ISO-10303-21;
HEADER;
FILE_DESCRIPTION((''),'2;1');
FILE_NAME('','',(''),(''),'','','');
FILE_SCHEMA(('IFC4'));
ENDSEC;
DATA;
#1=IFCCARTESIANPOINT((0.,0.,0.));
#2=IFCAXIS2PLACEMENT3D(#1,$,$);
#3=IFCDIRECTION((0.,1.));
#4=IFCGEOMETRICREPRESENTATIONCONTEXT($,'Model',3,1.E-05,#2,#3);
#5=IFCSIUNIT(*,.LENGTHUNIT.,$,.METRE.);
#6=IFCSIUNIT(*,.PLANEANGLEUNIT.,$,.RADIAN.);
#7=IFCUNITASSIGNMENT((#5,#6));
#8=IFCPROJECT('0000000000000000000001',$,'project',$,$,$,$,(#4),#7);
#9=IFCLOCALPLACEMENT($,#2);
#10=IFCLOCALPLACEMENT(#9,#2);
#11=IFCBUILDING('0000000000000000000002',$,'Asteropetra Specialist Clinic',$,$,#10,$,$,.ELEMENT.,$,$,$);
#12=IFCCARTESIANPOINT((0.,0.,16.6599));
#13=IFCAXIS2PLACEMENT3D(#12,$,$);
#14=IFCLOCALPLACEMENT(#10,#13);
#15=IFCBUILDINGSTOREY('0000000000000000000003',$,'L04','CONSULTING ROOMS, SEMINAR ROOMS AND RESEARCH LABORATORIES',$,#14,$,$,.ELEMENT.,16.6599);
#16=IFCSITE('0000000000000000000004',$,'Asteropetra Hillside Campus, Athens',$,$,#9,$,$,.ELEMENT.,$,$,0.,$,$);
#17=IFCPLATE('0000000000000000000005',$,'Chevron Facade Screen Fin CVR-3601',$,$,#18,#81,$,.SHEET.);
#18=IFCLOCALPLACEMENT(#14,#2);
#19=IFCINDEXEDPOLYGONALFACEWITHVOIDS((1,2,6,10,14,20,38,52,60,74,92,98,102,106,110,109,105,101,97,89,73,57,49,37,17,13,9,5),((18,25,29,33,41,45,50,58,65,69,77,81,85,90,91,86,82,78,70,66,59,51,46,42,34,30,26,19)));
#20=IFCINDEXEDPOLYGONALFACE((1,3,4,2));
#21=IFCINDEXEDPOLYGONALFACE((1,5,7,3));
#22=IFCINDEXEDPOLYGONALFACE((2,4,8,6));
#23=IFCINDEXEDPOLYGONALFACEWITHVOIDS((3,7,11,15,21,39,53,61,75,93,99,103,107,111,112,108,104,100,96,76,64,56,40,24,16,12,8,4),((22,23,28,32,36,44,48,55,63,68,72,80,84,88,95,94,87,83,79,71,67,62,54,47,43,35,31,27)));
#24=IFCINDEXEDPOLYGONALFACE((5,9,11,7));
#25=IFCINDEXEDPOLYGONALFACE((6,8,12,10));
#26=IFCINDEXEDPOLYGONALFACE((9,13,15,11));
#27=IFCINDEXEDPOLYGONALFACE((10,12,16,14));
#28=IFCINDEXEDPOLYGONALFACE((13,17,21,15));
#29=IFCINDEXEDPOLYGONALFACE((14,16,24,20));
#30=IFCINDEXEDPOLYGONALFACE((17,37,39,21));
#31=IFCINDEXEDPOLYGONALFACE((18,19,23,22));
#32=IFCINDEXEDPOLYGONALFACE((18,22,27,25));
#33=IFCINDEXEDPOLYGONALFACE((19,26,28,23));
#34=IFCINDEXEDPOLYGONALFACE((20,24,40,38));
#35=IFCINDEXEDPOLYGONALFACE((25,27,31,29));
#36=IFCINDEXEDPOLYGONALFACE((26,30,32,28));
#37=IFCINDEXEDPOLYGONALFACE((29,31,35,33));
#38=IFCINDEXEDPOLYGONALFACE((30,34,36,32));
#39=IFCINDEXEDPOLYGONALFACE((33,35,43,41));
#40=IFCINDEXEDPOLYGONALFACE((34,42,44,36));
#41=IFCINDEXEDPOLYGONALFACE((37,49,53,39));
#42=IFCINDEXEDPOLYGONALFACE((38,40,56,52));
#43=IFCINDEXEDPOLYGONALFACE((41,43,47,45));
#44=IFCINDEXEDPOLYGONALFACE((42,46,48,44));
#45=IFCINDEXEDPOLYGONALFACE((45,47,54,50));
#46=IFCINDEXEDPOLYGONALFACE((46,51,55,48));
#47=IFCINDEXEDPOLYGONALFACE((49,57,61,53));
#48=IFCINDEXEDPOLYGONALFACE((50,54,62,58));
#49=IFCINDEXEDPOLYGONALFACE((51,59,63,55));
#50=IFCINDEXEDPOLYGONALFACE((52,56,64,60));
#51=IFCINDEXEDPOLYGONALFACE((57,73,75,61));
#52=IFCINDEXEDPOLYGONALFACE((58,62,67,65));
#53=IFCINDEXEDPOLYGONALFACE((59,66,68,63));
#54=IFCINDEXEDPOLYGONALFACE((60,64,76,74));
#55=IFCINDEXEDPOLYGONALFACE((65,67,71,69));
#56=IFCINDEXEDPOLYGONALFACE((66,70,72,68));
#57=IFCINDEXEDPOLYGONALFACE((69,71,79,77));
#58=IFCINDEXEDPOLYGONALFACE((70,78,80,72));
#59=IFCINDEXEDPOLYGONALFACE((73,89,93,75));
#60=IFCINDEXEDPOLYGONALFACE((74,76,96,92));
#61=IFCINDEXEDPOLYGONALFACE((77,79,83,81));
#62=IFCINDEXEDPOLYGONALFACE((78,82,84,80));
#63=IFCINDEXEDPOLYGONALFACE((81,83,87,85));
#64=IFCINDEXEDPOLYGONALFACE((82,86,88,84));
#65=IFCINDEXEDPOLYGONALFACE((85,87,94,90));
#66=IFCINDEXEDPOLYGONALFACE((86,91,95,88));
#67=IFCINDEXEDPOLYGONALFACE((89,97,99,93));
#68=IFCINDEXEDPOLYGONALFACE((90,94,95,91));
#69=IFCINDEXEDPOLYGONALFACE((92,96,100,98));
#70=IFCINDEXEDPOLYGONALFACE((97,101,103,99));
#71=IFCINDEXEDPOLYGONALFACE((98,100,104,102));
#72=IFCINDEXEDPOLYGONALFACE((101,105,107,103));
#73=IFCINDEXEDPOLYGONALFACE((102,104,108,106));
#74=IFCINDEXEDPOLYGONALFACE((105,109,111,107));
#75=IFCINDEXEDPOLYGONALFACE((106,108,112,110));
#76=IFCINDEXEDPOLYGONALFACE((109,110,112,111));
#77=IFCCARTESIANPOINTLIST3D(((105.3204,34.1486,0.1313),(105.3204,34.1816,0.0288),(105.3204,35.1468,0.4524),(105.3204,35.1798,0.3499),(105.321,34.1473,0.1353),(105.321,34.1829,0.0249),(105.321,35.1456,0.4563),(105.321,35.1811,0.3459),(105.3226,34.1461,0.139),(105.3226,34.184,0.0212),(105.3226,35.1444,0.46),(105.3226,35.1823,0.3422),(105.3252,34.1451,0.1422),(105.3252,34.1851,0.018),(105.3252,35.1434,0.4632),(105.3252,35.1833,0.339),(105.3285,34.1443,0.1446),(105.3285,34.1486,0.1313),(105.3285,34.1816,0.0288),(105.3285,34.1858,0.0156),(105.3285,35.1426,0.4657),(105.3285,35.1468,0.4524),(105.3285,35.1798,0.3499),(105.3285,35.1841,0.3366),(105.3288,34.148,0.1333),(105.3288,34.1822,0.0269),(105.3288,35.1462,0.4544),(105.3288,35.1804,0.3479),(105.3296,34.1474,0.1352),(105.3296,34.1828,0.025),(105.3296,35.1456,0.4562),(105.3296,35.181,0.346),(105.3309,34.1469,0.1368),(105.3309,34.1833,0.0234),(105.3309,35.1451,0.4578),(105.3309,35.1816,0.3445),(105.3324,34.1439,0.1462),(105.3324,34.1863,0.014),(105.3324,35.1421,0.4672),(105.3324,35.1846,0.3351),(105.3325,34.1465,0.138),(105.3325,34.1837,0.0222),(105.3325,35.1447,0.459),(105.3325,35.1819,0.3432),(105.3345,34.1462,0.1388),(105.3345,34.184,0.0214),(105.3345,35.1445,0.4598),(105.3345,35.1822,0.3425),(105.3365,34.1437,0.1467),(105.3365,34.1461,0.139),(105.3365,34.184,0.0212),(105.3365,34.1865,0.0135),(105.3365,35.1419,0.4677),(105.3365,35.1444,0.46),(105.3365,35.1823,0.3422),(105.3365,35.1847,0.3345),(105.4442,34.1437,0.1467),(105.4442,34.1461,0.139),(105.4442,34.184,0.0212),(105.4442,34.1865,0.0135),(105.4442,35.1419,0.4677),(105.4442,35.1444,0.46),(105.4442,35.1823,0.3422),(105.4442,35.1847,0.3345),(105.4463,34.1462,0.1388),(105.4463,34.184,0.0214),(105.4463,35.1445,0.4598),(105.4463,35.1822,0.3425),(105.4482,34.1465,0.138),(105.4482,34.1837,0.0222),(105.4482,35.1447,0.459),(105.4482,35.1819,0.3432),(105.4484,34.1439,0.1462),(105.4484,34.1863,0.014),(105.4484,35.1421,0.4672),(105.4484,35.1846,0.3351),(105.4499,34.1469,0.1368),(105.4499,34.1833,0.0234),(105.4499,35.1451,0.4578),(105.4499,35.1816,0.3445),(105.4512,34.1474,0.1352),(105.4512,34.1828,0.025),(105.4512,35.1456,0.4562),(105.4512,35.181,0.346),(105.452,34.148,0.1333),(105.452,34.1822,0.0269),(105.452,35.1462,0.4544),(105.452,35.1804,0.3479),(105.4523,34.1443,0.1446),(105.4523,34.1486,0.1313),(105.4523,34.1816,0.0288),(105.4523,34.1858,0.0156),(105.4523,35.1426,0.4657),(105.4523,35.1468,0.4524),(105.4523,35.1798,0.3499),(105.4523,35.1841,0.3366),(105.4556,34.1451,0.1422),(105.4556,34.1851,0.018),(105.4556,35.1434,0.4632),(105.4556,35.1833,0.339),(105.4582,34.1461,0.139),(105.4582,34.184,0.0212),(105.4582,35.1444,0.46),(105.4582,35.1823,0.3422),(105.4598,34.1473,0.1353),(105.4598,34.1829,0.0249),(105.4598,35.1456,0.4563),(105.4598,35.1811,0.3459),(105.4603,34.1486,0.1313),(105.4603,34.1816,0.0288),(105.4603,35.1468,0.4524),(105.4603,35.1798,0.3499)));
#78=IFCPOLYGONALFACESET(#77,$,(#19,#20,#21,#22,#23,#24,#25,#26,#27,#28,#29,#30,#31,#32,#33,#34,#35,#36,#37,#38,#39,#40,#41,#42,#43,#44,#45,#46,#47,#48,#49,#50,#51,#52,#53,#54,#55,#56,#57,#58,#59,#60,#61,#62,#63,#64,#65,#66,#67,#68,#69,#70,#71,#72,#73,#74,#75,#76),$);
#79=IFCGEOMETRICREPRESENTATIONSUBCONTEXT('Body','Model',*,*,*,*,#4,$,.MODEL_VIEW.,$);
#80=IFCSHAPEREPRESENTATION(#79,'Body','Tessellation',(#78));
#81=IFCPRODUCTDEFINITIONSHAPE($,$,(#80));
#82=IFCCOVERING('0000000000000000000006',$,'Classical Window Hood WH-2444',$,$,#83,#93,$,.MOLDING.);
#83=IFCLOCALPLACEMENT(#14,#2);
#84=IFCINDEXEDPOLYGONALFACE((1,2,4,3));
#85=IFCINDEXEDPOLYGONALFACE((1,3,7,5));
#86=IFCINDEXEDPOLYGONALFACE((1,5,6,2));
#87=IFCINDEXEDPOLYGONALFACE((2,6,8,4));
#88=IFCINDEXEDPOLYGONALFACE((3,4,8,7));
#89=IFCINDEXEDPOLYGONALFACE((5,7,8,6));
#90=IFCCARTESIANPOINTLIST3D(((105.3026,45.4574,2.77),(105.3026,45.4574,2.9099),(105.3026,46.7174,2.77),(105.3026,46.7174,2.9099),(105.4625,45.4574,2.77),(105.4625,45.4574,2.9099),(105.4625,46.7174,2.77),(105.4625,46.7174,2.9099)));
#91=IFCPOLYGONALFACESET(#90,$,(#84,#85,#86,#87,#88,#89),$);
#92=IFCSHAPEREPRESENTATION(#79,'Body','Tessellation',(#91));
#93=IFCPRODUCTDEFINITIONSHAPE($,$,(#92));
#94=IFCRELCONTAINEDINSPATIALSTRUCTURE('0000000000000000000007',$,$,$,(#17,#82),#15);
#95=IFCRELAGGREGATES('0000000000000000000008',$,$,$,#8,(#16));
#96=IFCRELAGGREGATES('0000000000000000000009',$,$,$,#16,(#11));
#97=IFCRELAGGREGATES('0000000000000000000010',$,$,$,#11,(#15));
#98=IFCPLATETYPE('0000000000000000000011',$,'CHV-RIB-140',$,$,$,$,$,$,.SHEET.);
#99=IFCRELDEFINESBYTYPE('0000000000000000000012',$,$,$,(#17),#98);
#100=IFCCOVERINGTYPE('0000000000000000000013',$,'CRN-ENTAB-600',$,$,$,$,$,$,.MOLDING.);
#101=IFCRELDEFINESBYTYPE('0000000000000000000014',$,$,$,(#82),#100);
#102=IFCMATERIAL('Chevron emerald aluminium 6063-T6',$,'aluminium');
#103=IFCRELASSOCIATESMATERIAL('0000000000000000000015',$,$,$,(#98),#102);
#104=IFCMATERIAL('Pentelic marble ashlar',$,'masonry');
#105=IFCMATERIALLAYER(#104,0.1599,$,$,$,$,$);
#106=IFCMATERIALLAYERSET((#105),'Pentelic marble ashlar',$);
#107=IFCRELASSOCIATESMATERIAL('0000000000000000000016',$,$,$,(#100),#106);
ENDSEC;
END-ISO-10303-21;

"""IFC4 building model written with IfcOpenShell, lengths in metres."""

from ifc_helpers import new_model, si_unit, direction, frame, origin, origin_2d, place, context, subcontext, project, spatial, rectangle, hollow_rectangle, extrude, material, layer, layer_set, material_profile, profile_set, type_object, element, save


model = new_model("IFC4")

# Units and contexts
model_context = context("Model", 3, precision=1e-05, world=origin(), true_north=direction((0.0, 1.0)))
body_context = subcontext(model_context, "Body", "Model", "MODEL_VIEW")
ifc_project = project(units=[si_unit("LENGTHUNIT", "METRE"), si_unit("PLANEANGLEUNIT", "RADIAN")], contexts=[model_context])

# Site, building, storey
site_placement = place(None, origin())
site = spatial("IfcSite", under=ifc_project, at=site_placement, Name="Asteropetra Hillside Campus, Athens", CompositionType="ELEMENT", RefElevation=0.0)
building_placement = place(site_placement, origin())
building = spatial("IfcBuilding", under=site, at=building_placement, Name="Asteropetra Specialist Clinic", CompositionType="ELEMENT")
storey_placement = place(building_placement, frame((0.0, 0.0, 16.6599)))
storey = spatial("IfcBuildingStorey", under=building, at=storey_placement, Name="L04", Description="CONSULTING ROOMS, SEMINAR ROOMS AND RESEARCH LABORATORIES", CompositionType="ELEMENT", Elevation=16.6599)

# Plate
ifc_material_1 = material(Name="Chevron emerald aluminium 6063-T6", Category="aluminium")
ifc_material_profile = material_profile(ifc_material_1, hollow_rectangle(XDim=0.1399, YDim=0.1399, WallThickness=0.0081, InnerFilletRadius=0.0081, OuterFilletRadius=0.0161, at=origin_2d()), Name="SHS 140x140x8.0")
ifc_profile_set = profile_set([ifc_material_profile], Name="Chevron emerald aluminium 6063-T6")
plate_type = type_object("IfcPlateType", Name="CHV-RIB-140", PredefinedType="SHEET", material=ifc_profile_set)
for number, where, z_axis, x_axis, name in (
    (1, (105.3904, 35.1633, 0.4011), (0.0, -0.951983, -0.306152), (1.0, 0.0, 0.0), "Chevron Facade Screen Fin CVR-3601"),
):
    element("IfcPlate", number, at=place(storey_placement, frame(where, z_axis=z_axis, x_axis=x_axis)), inside=storey, type_object=plate_type, Name=name, PredefinedType="SHEET", context=body_context, shape_type="SweptSolid", body=[
        extrude(hollow_rectangle(XDim=0.1399, YDim=0.1399, WallThickness=0.0081, InnerFilletRadius=0.0081, OuterFilletRadius=0.0161, at=origin_2d()), origin(), (0.0, 0.0, 1.0), 1.0486),
    ])

# Covering
ifc_material_2 = material(Name="Pentelic marble ashlar", Category="masonry")
ifc_layer = layer(ifc_material_2, 0.1599)
ifc_layer_set = layer_set([ifc_layer], Name="Pentelic marble ashlar")
covering_type = type_object("IfcCoveringType", Name="CRN-ENTAB-600", PredefinedType="MOLDING", material=ifc_layer_set)
covering_placement = place(storey_placement, frame((105.3826, 46.0874, 2.77), z_axis=(0.0, 0.0, 1.0), x_axis=(1.0, 0.0, 0.0)))
element("IfcCovering", 2, at=covering_placement, inside=storey, type_object=covering_type, Name="Classical Window Hood WH-2444", PredefinedType="MOLDING", context=body_context, shape_type="SweptSolid", body=[
    extrude(rectangle(XDim=0.1599, YDim=1.26, at=origin_2d()), origin(), (0.0, 0.0, 1.0), 0.1399),
])

save(model, "model.ifc")
